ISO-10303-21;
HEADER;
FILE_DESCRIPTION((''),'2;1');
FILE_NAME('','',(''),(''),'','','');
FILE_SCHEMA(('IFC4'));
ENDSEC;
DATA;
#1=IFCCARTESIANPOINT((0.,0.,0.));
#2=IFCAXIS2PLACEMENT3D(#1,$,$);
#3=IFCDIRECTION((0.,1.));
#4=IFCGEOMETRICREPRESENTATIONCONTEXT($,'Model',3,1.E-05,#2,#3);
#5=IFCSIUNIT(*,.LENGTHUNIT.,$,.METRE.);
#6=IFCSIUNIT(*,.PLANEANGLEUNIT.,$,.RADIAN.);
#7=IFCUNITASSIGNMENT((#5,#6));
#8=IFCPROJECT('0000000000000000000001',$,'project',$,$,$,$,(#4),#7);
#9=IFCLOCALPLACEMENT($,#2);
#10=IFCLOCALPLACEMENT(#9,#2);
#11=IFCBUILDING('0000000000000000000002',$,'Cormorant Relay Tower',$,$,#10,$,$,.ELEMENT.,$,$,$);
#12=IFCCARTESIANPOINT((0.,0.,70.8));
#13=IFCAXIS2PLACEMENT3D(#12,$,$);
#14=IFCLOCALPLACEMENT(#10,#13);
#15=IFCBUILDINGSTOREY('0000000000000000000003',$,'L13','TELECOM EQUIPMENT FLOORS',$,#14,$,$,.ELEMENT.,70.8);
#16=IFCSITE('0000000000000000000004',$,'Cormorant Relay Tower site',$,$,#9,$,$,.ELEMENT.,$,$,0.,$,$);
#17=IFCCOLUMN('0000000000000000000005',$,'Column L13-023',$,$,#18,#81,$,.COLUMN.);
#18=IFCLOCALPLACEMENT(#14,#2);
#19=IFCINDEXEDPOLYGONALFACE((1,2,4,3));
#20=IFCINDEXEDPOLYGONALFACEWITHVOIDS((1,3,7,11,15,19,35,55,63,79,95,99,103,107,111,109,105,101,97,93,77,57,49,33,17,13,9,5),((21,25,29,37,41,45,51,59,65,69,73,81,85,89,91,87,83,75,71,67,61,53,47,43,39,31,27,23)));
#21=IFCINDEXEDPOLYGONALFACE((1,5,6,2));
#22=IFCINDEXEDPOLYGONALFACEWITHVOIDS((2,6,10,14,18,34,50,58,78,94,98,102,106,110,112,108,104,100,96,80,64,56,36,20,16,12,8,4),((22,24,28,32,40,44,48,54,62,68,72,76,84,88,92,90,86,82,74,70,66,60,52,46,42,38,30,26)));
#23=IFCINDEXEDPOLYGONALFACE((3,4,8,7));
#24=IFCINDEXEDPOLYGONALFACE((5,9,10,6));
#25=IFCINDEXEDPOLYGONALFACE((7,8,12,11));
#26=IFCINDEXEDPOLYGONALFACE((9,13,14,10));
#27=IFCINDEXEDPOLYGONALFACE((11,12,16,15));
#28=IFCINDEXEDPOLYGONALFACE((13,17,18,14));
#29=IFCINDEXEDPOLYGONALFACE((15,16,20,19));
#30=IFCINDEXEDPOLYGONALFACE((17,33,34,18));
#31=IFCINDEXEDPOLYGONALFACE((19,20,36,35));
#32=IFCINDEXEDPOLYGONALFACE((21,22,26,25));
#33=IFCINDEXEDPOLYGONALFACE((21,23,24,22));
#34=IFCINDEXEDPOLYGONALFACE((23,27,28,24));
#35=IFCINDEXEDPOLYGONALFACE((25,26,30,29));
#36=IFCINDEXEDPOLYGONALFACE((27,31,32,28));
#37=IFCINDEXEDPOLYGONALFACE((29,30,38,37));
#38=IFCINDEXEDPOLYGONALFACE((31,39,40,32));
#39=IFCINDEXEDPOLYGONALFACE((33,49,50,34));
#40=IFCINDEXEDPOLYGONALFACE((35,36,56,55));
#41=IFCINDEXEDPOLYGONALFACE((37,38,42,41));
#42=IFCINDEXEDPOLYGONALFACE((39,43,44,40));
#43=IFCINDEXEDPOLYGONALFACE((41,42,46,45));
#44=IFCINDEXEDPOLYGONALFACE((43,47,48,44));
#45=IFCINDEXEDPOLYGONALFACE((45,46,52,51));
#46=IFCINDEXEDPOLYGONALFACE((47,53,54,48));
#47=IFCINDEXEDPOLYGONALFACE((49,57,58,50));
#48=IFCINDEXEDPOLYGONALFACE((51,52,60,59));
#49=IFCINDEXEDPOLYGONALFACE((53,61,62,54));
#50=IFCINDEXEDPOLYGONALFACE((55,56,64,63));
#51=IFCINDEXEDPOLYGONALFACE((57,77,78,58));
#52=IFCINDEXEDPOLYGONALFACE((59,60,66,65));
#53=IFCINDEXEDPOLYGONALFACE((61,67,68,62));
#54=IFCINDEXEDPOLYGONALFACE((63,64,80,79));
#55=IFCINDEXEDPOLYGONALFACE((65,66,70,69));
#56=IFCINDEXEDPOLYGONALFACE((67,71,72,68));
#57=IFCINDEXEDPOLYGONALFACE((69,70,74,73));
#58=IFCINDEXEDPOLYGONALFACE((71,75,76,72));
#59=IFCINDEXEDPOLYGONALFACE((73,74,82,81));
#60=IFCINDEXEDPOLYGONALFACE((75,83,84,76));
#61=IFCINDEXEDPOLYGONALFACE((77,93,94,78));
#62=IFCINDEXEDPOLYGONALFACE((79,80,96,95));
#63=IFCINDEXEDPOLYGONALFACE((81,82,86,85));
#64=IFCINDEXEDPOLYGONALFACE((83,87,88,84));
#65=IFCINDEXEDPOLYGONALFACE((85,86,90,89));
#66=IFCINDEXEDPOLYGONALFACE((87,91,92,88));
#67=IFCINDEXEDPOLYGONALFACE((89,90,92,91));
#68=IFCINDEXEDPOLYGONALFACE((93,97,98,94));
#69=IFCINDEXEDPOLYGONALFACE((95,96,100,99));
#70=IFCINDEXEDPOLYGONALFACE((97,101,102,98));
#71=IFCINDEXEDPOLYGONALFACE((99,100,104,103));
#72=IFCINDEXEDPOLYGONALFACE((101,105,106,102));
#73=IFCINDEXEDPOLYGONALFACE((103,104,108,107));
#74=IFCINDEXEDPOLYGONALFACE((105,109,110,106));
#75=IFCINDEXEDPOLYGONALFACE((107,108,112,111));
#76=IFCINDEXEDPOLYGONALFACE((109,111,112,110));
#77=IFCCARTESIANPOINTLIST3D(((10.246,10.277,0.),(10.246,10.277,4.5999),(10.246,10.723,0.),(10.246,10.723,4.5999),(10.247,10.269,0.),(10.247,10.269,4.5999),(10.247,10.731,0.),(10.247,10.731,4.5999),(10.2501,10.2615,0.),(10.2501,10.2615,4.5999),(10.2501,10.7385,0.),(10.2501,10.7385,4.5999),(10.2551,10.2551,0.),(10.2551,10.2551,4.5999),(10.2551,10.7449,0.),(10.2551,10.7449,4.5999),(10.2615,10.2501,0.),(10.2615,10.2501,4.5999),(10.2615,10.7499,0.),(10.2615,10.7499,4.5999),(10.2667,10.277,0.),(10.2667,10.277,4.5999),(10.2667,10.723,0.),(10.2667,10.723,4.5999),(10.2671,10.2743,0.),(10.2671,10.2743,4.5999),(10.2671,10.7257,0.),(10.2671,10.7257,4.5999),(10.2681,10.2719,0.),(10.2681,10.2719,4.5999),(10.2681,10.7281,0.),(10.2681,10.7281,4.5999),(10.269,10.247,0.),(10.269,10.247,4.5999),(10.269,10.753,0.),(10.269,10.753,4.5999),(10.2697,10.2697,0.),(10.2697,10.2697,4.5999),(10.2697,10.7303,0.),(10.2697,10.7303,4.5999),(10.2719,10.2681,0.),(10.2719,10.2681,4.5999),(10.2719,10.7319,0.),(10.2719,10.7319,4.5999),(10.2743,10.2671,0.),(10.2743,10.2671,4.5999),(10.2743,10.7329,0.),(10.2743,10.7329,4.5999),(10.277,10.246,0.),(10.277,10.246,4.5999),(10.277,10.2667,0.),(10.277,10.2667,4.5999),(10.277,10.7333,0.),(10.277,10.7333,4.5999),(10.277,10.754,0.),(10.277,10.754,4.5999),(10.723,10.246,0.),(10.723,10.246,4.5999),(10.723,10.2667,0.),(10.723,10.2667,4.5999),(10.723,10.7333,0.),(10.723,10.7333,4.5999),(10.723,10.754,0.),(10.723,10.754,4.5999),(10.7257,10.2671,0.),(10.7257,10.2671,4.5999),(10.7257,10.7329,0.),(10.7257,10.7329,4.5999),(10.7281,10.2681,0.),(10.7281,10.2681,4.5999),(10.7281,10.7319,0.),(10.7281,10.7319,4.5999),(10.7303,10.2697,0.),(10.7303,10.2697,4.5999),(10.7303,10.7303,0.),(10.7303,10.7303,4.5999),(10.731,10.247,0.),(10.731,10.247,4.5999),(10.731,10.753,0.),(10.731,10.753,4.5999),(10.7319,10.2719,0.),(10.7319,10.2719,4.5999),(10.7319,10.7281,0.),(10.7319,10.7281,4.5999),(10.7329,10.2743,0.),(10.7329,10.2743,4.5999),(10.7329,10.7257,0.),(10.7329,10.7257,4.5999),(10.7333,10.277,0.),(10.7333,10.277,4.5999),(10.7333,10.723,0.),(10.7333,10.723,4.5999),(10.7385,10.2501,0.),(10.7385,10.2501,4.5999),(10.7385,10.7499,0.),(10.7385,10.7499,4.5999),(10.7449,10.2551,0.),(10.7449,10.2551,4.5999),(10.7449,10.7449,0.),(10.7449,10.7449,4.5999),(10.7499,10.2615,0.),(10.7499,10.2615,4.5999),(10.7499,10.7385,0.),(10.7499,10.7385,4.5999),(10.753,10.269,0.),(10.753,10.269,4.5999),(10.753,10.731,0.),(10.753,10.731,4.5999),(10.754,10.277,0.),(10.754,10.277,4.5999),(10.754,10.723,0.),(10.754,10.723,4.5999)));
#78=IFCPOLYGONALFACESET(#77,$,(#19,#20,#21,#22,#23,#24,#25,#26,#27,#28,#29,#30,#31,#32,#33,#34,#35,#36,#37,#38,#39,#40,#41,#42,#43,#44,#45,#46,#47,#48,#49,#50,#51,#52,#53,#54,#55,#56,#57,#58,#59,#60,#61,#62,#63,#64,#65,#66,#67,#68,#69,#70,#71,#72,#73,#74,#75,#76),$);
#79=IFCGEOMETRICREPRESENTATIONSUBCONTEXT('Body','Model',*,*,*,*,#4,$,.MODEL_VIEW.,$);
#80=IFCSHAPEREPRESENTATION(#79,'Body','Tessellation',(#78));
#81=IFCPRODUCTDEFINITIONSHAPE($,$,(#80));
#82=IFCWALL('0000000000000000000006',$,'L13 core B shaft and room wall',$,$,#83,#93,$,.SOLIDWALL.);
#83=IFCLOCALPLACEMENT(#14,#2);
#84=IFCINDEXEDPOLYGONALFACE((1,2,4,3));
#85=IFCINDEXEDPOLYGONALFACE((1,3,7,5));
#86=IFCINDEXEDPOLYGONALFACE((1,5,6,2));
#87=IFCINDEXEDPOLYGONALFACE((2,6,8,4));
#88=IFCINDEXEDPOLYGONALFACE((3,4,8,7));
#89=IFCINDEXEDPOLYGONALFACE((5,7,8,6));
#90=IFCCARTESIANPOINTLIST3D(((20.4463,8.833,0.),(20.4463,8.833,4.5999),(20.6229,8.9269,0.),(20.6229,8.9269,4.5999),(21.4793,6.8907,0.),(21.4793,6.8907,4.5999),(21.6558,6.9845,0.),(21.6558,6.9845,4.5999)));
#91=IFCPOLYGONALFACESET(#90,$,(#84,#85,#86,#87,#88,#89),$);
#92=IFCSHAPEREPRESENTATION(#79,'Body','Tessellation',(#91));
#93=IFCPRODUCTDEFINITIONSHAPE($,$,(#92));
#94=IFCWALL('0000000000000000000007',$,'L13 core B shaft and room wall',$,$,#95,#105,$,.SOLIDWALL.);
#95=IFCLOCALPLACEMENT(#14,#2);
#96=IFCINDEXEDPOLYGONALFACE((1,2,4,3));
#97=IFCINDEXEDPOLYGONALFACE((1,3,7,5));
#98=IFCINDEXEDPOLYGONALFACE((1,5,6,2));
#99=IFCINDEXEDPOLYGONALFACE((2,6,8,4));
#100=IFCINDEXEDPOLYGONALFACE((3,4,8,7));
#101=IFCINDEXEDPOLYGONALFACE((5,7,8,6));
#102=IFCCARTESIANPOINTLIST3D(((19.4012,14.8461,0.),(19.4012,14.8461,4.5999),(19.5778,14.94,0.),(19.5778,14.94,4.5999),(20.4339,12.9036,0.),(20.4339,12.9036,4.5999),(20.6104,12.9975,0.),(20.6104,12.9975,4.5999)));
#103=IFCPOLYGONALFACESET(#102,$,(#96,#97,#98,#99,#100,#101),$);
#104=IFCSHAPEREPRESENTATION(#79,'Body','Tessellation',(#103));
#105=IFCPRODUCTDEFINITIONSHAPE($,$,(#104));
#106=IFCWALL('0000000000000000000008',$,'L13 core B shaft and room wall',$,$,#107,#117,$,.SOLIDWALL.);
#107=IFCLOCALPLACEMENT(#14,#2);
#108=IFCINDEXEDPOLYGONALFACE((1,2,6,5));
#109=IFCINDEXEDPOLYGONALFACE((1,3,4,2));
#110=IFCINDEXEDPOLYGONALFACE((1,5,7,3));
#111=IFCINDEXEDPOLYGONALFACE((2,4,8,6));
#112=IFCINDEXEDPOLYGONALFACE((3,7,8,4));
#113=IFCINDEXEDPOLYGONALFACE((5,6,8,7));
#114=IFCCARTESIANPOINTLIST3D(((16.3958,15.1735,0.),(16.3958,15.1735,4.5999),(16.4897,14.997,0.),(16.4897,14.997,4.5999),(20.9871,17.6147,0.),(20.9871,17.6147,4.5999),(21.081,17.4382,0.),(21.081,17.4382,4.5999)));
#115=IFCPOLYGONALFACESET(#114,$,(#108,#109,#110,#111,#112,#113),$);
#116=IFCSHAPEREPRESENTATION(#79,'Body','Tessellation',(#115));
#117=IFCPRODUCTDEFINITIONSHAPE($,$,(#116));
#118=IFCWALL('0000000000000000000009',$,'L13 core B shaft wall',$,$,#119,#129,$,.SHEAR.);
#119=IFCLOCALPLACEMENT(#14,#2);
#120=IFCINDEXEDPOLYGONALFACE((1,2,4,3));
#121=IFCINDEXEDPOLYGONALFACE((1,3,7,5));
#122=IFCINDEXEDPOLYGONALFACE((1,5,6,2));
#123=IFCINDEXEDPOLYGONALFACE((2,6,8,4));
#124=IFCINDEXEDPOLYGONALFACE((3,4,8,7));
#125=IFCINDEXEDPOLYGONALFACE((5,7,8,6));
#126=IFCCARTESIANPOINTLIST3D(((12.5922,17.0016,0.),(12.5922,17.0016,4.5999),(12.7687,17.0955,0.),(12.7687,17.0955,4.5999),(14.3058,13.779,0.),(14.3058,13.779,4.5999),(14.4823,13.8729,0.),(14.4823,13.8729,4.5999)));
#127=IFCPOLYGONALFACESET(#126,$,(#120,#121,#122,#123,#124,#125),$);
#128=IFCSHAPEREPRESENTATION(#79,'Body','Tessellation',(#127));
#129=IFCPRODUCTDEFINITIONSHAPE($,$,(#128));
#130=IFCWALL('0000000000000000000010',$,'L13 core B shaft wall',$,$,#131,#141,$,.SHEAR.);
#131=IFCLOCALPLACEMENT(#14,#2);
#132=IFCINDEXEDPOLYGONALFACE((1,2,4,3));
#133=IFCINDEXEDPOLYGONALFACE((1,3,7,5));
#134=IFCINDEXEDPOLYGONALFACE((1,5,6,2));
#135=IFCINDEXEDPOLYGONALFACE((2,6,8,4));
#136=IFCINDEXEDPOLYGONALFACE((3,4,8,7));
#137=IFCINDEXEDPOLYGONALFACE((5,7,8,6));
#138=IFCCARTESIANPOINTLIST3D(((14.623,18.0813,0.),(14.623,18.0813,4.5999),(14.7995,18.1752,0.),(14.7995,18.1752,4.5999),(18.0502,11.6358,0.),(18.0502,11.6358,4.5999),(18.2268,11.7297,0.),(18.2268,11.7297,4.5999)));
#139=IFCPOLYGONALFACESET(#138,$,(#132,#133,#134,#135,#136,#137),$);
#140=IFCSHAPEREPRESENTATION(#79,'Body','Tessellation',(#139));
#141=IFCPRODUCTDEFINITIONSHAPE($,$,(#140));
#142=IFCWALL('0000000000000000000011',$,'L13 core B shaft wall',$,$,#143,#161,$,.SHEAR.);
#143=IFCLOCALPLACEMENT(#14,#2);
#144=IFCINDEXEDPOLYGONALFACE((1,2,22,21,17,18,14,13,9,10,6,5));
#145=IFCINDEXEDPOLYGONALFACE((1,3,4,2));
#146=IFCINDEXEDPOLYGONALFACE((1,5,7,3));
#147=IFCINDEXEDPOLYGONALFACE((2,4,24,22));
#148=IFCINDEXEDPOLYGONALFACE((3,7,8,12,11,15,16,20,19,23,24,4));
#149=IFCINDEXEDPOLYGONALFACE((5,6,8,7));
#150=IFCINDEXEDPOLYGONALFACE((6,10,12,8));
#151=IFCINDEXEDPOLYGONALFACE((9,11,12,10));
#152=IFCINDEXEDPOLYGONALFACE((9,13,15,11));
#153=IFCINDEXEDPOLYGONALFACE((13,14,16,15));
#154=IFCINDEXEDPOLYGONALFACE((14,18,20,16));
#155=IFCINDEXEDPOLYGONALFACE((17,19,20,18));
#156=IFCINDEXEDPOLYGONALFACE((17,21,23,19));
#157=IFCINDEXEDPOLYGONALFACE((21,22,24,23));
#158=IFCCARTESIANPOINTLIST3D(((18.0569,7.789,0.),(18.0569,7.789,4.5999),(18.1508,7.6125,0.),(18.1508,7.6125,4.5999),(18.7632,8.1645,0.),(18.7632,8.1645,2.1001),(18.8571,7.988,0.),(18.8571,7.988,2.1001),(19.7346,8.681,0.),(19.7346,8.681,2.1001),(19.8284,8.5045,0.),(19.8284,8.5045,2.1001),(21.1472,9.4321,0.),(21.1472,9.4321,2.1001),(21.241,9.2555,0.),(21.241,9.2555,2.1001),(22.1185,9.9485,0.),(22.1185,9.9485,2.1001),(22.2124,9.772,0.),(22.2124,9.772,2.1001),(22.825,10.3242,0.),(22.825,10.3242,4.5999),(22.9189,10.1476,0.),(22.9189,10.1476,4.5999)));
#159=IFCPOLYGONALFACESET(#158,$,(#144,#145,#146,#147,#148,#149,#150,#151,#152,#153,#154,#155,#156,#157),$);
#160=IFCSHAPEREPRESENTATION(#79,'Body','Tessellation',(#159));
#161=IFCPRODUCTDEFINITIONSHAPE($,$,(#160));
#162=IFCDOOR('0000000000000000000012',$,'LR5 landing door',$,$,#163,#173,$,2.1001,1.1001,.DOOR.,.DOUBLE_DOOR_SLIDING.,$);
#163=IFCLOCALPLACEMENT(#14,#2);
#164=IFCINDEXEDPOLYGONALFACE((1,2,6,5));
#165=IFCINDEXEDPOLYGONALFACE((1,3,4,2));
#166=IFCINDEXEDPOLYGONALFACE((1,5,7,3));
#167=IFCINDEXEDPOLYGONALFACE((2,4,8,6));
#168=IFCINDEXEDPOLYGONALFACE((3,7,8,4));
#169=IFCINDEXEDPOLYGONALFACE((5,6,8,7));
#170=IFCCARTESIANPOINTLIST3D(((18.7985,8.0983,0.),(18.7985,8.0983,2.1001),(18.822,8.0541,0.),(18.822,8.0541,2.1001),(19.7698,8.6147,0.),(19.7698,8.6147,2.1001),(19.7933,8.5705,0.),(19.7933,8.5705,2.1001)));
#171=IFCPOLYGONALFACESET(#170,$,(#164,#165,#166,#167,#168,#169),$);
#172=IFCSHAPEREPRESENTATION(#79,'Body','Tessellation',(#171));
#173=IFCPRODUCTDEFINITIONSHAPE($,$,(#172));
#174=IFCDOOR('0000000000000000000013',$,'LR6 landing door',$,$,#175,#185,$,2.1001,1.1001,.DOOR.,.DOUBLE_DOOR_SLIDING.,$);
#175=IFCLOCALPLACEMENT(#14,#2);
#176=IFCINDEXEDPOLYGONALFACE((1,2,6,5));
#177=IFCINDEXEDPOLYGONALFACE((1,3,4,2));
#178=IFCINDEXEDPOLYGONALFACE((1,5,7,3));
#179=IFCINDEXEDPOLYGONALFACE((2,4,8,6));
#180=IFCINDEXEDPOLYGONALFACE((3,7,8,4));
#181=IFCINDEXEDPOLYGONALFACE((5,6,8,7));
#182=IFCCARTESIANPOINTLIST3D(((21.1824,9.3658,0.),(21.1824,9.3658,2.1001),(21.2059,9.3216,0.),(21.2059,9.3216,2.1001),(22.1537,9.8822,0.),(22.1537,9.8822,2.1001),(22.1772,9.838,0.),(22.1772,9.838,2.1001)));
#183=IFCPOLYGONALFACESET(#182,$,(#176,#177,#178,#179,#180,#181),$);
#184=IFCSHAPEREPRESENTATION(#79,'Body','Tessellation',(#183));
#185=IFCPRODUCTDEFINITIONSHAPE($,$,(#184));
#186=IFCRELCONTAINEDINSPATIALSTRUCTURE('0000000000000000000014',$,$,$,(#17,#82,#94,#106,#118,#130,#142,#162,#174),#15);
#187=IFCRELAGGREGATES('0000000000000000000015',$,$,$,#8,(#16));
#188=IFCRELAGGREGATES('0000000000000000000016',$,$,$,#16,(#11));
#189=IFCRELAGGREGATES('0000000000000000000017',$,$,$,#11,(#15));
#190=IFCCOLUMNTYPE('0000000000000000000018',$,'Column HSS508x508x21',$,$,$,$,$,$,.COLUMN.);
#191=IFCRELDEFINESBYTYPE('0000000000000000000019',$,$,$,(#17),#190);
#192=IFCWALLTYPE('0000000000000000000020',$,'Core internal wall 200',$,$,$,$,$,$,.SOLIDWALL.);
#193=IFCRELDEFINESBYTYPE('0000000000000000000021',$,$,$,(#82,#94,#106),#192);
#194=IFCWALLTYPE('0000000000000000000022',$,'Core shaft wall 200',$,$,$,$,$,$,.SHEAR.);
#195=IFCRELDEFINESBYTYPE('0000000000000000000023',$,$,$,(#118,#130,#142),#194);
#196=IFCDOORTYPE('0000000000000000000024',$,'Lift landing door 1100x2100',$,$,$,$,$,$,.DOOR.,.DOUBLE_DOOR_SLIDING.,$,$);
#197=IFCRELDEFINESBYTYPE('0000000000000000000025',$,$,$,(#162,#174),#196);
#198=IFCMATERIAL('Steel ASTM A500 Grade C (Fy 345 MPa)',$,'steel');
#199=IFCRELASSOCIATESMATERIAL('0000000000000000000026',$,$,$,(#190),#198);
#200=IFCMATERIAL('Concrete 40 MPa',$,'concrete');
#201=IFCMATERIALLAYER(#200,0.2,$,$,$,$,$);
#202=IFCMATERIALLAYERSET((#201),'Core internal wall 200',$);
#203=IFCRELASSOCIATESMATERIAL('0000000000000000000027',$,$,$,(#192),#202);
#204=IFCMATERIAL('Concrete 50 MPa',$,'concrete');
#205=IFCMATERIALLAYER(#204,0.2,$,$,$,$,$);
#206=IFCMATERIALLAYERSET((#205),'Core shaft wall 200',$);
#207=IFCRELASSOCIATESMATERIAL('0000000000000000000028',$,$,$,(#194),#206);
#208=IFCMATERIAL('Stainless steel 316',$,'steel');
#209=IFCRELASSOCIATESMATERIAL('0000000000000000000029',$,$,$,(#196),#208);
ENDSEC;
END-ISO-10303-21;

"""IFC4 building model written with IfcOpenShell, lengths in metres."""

from ifc_helpers import new_model, si_unit, direction, frame, frame_2d, origin, origin_2d, place, context, subcontext, project, spatial, rectangle, hollow_rectangle, extrude, material, layer, layer_set, material_profile, profile_set, type_object, element, fill, save


model = new_model("IFC4")

# Units and contexts
model_context = context("Model", 3, precision=1e-05, world=origin(), true_north=direction((0.0, 1.0)))
body_context = subcontext(model_context, "Body", "Model", "MODEL_VIEW")
ifc_project = project(units=[si_unit("LENGTHUNIT", "METRE"), si_unit("PLANEANGLEUNIT", "RADIAN")], contexts=[model_context])

# Site, building, storey
site_placement = place(None, origin())
site = spatial("IfcSite", under=ifc_project, at=site_placement, Name="Cormorant Relay Tower site", CompositionType="ELEMENT", RefElevation=0.0)
building_placement = place(site_placement, origin())
building = spatial("IfcBuilding", under=site, at=building_placement, Name="Cormorant Relay Tower", CompositionType="ELEMENT")
storey_placement = place(building_placement, frame((0.0, 0.0, 70.8)))
storey = spatial("IfcBuildingStorey", under=building, at=storey_placement, Name="L13", Description="TELECOM EQUIPMENT FLOORS", CompositionType="ELEMENT", Elevation=70.8)

# Column
ifc_material_1 = material(Name="Steel ASTM A500 Grade C (Fy 345 MPa)", Category="steel")
ifc_material_profile = material_profile(ifc_material_1, hollow_rectangle(XDim=0.5081, YDim=0.5081, WallThickness=0.0208, InnerFilletRadius=0.0103, OuterFilletRadius=0.031, at=origin_2d()), Name="HSS508x508x21")
ifc_profile_set = profile_set([ifc_material_profile], Name="Steel ASTM A500 Grade C (Fy 345 MPa)")
column_type = type_object("IfcColumnType", Name="Column HSS508x508x21", PredefinedType="COLUMN", material=ifc_profile_set)
column_placement = place(storey_placement, frame((10.5, 10.5, 0.0), z_axis=(0.0, 0.0, 1.0), x_axis=(1.0, 0.0, 0.0)))
element("IfcColumn", 1, at=column_placement, inside=storey, type_object=column_type, Name="Column L13-023", PredefinedType="COLUMN", context=body_context, shape_type="SweptSolid", body=[
    extrude(hollow_rectangle(XDim=0.5081, YDim=0.5081, WallThickness=0.0208, InnerFilletRadius=0.0103, OuterFilletRadius=0.031, at=origin_2d()), origin(), (0.0, 0.0, 1.0), 4.5999),
])

# Walls
ifc_material_2 = material(Name="Concrete 40 MPa", Category="concrete")
ifc_layer_1 = layer(ifc_material_2, 0.2)
ifc_layer_set_1 = layer_set([ifc_layer_1], Name="Core internal wall 200")
wall_type_1 = type_object("IfcWallType", Name="Core internal wall 200", PredefinedType="SOLIDWALL", material=ifc_layer_set_1)
for number, where, z_axis, x_axis, name in (
    (2, (21.5676, 6.9375, 0.0), (0.0, 0.0, 1.0), (-0.469534, 0.882914, 0.0), "L13 core B shaft and room wall"),
    (3, (20.5222, 12.9504, 0.0), (0.0, 0.0, 1.0), (-0.469401, 0.882985, 0.0), "L13 core B shaft and room wall"),
):
    element("IfcWall", number, at=place(storey_placement, frame(where, z_axis=z_axis, x_axis=x_axis)), inside=storey, type_object=wall_type_1, Name=name, PredefinedType="SOLIDWALL", context=body_context, shape_type="SweptSolid", body=[
        extrude(rectangle(XDim=2.2, YDim=0.2, at=frame_2d((1.1001, 0.0))), origin(), (0.0, 0.0, 1.0), 4.5999),
    ])
wall_1_placement = place(storey_placement, frame((16.4426, 15.0852, 0.0), z_axis=(0.0, 0.0, 1.0), x_axis=(0.882954, 0.46946, 0.0)))
element("IfcWall", 4, at=wall_1_placement, inside=storey, type_object=wall_type_1, Name="L13 core B shaft and room wall", PredefinedType="SOLIDWALL", context=body_context, shape_type="SweptSolid", body=[
    extrude(rectangle(XDim=5.2, YDim=0.2, at=frame_2d((2.6001, 0.0))), origin(), (0.0, 0.0, 1.0), 4.5999),
])
ifc_material_3 = material(Name="Concrete 50 MPa", Category="concrete")
ifc_layer_2 = layer(ifc_material_3, 0.2)
ifc_layer_set_2 = layer_set([ifc_layer_2], Name="Core shaft wall 200")
wall_type_2 = type_object("IfcWallType", Name="Core shaft wall 200", PredefinedType="SHEAR", material=ifc_layer_set_2)
wall_2_placement = place(storey_placement, frame((14.394, 13.8259, 0.0), z_axis=(0.0, 0.0, 1.0), x_axis=(-0.469494, 0.882936, 0.0)))
element("IfcWall", 5, at=wall_2_placement, inside=storey, type_object=wall_type_2, Name="L13 core B shaft wall", PredefinedType="SHEAR", context=body_context, shape_type="SweptSolid", body=[
    extrude(rectangle(XDim=3.6499, YDim=0.2, at=frame_2d((1.825, 0.0))), origin(), (0.0, 0.0, 1.0), 4.5999),
])
wall_3_placement = place(storey_placement, frame((18.1384, 11.6829, 0.0), z_axis=(0.0, 0.0, 1.0), x_axis=(-0.46948, 0.882943, 0.0)))
element("IfcWall", 6, at=wall_3_placement, inside=storey, type_object=wall_type_2, Name="L13 core B shaft wall", PredefinedType="SHEAR", context=body_context, shape_type="SweptSolid", body=[
    extrude(rectangle(XDim=7.3, YDim=0.2, at=frame_2d((3.6499, 0.0))), origin(), (0.0, 0.0, 1.0), 4.5999),
])

# Wall, openings, doors
wall_4_placement = place(storey_placement, frame((18.1038, 7.7007, 0.0), z_axis=(0.0, 0.0, 1.0), x_axis=(0.882953, 0.469462, 0.0)))
wall_4 = element("IfcWall", 7, at=wall_4_placement, inside=storey, type_object=wall_type_2, Name="L13 core B shaft wall", PredefinedType="SHEAR", context=body_context, shape_type="SweptSolid", body=[
    extrude(rectangle(XDim=5.4001, YDim=0.2, at=frame_2d((2.7002, 0.0))), origin(), (0.0, 0.0, 1.0), 4.5999),
])
opening_1_placement = place(wall_4_placement, frame((0.8, 0.0, 0.0)))
opening_1 = element("IfcOpeningElement", 8, at=opening_1_placement, cuts=wall_4, PredefinedType="OPENING", context=body_context, shape_type="SweptSolid", body=[
    extrude(rectangle(XDim=1.1001, YDim=2.1001, at=frame_2d((0.55, 1.05))), frame((0.0, 0.1099, 0.0), z_axis=(0.0, -1.0, 0.0), x_axis=(1.0, 0.0, 0.0)), (0.0, 0.0, 1.0), 0.22),
])
opening_2_placement = place(wall_4_placement, frame((3.5, 0.0, 0.0)))
opening_2 = element("IfcOpeningElement", 9, at=opening_2_placement, cuts=wall_4, PredefinedType="OPENING", context=body_context, shape_type="SweptSolid", body=[
    extrude(rectangle(XDim=1.1001, YDim=2.1001, at=frame_2d((0.55, 1.05))), frame((0.0, 0.1099, 0.0), z_axis=(0.0, -1.0, 0.0), x_axis=(1.0, 0.0, 0.0)), (0.0, 0.0, 1.0), 0.22),
])
ifc_material_4 = material(Name="Stainless steel 316", Category="steel")
door_type_1 = type_object("IfcDoorType", Name="Lift landing door 1100x2100", OperationType="DOUBLE_DOOR_SLIDING", PredefinedType="DOOR", material=ifc_material_4)
door_1_placement = place(opening_1_placement, origin())
door_1 = element("IfcDoor", 10, at=door_1_placement, inside=storey, type_object=door_type_1, Name="LR5 landing door", OperationType="DOUBLE_DOOR_SLIDING", OverallHeight=2.1001, OverallWidth=1.1001, PredefinedType="DOOR", context=body_context, shape_type="SweptSolid", body=[
    extrude(rectangle(XDim=1.1001, YDim=2.1001, at=frame_2d((0.55, 1.05))), frame((0.0, 0.0249, 0.0), z_axis=(0.0, -1.0, 0.0), x_axis=(1.0, 0.0, 0.0)), (0.0, 0.0, 1.0), 0.05),
])
fill(opening_1, door_1)
door_2_placement = place(opening_2_placement, origin())
door_2 = element("IfcDoor", 11, at=door_2_placement, inside=storey, type_object=door_type_1, Name="LR6 landing door", OperationType="DOUBLE_DOOR_SLIDING", OverallHeight=2.1001, OverallWidth=1.1001, PredefinedType="DOOR", context=body_context, shape_type="SweptSolid", body=[
    extrude(rectangle(XDim=1.1001, YDim=2.1001, at=frame_2d((0.55, 1.05))), frame((0.0, 0.0249, 0.0), z_axis=(0.0, -1.0, 0.0), x_axis=(1.0, 0.0, 0.0)), (0.0, 0.0, 1.0), 0.05),
])
fill(opening_2, door_2)

save(model, "model.ifc")
